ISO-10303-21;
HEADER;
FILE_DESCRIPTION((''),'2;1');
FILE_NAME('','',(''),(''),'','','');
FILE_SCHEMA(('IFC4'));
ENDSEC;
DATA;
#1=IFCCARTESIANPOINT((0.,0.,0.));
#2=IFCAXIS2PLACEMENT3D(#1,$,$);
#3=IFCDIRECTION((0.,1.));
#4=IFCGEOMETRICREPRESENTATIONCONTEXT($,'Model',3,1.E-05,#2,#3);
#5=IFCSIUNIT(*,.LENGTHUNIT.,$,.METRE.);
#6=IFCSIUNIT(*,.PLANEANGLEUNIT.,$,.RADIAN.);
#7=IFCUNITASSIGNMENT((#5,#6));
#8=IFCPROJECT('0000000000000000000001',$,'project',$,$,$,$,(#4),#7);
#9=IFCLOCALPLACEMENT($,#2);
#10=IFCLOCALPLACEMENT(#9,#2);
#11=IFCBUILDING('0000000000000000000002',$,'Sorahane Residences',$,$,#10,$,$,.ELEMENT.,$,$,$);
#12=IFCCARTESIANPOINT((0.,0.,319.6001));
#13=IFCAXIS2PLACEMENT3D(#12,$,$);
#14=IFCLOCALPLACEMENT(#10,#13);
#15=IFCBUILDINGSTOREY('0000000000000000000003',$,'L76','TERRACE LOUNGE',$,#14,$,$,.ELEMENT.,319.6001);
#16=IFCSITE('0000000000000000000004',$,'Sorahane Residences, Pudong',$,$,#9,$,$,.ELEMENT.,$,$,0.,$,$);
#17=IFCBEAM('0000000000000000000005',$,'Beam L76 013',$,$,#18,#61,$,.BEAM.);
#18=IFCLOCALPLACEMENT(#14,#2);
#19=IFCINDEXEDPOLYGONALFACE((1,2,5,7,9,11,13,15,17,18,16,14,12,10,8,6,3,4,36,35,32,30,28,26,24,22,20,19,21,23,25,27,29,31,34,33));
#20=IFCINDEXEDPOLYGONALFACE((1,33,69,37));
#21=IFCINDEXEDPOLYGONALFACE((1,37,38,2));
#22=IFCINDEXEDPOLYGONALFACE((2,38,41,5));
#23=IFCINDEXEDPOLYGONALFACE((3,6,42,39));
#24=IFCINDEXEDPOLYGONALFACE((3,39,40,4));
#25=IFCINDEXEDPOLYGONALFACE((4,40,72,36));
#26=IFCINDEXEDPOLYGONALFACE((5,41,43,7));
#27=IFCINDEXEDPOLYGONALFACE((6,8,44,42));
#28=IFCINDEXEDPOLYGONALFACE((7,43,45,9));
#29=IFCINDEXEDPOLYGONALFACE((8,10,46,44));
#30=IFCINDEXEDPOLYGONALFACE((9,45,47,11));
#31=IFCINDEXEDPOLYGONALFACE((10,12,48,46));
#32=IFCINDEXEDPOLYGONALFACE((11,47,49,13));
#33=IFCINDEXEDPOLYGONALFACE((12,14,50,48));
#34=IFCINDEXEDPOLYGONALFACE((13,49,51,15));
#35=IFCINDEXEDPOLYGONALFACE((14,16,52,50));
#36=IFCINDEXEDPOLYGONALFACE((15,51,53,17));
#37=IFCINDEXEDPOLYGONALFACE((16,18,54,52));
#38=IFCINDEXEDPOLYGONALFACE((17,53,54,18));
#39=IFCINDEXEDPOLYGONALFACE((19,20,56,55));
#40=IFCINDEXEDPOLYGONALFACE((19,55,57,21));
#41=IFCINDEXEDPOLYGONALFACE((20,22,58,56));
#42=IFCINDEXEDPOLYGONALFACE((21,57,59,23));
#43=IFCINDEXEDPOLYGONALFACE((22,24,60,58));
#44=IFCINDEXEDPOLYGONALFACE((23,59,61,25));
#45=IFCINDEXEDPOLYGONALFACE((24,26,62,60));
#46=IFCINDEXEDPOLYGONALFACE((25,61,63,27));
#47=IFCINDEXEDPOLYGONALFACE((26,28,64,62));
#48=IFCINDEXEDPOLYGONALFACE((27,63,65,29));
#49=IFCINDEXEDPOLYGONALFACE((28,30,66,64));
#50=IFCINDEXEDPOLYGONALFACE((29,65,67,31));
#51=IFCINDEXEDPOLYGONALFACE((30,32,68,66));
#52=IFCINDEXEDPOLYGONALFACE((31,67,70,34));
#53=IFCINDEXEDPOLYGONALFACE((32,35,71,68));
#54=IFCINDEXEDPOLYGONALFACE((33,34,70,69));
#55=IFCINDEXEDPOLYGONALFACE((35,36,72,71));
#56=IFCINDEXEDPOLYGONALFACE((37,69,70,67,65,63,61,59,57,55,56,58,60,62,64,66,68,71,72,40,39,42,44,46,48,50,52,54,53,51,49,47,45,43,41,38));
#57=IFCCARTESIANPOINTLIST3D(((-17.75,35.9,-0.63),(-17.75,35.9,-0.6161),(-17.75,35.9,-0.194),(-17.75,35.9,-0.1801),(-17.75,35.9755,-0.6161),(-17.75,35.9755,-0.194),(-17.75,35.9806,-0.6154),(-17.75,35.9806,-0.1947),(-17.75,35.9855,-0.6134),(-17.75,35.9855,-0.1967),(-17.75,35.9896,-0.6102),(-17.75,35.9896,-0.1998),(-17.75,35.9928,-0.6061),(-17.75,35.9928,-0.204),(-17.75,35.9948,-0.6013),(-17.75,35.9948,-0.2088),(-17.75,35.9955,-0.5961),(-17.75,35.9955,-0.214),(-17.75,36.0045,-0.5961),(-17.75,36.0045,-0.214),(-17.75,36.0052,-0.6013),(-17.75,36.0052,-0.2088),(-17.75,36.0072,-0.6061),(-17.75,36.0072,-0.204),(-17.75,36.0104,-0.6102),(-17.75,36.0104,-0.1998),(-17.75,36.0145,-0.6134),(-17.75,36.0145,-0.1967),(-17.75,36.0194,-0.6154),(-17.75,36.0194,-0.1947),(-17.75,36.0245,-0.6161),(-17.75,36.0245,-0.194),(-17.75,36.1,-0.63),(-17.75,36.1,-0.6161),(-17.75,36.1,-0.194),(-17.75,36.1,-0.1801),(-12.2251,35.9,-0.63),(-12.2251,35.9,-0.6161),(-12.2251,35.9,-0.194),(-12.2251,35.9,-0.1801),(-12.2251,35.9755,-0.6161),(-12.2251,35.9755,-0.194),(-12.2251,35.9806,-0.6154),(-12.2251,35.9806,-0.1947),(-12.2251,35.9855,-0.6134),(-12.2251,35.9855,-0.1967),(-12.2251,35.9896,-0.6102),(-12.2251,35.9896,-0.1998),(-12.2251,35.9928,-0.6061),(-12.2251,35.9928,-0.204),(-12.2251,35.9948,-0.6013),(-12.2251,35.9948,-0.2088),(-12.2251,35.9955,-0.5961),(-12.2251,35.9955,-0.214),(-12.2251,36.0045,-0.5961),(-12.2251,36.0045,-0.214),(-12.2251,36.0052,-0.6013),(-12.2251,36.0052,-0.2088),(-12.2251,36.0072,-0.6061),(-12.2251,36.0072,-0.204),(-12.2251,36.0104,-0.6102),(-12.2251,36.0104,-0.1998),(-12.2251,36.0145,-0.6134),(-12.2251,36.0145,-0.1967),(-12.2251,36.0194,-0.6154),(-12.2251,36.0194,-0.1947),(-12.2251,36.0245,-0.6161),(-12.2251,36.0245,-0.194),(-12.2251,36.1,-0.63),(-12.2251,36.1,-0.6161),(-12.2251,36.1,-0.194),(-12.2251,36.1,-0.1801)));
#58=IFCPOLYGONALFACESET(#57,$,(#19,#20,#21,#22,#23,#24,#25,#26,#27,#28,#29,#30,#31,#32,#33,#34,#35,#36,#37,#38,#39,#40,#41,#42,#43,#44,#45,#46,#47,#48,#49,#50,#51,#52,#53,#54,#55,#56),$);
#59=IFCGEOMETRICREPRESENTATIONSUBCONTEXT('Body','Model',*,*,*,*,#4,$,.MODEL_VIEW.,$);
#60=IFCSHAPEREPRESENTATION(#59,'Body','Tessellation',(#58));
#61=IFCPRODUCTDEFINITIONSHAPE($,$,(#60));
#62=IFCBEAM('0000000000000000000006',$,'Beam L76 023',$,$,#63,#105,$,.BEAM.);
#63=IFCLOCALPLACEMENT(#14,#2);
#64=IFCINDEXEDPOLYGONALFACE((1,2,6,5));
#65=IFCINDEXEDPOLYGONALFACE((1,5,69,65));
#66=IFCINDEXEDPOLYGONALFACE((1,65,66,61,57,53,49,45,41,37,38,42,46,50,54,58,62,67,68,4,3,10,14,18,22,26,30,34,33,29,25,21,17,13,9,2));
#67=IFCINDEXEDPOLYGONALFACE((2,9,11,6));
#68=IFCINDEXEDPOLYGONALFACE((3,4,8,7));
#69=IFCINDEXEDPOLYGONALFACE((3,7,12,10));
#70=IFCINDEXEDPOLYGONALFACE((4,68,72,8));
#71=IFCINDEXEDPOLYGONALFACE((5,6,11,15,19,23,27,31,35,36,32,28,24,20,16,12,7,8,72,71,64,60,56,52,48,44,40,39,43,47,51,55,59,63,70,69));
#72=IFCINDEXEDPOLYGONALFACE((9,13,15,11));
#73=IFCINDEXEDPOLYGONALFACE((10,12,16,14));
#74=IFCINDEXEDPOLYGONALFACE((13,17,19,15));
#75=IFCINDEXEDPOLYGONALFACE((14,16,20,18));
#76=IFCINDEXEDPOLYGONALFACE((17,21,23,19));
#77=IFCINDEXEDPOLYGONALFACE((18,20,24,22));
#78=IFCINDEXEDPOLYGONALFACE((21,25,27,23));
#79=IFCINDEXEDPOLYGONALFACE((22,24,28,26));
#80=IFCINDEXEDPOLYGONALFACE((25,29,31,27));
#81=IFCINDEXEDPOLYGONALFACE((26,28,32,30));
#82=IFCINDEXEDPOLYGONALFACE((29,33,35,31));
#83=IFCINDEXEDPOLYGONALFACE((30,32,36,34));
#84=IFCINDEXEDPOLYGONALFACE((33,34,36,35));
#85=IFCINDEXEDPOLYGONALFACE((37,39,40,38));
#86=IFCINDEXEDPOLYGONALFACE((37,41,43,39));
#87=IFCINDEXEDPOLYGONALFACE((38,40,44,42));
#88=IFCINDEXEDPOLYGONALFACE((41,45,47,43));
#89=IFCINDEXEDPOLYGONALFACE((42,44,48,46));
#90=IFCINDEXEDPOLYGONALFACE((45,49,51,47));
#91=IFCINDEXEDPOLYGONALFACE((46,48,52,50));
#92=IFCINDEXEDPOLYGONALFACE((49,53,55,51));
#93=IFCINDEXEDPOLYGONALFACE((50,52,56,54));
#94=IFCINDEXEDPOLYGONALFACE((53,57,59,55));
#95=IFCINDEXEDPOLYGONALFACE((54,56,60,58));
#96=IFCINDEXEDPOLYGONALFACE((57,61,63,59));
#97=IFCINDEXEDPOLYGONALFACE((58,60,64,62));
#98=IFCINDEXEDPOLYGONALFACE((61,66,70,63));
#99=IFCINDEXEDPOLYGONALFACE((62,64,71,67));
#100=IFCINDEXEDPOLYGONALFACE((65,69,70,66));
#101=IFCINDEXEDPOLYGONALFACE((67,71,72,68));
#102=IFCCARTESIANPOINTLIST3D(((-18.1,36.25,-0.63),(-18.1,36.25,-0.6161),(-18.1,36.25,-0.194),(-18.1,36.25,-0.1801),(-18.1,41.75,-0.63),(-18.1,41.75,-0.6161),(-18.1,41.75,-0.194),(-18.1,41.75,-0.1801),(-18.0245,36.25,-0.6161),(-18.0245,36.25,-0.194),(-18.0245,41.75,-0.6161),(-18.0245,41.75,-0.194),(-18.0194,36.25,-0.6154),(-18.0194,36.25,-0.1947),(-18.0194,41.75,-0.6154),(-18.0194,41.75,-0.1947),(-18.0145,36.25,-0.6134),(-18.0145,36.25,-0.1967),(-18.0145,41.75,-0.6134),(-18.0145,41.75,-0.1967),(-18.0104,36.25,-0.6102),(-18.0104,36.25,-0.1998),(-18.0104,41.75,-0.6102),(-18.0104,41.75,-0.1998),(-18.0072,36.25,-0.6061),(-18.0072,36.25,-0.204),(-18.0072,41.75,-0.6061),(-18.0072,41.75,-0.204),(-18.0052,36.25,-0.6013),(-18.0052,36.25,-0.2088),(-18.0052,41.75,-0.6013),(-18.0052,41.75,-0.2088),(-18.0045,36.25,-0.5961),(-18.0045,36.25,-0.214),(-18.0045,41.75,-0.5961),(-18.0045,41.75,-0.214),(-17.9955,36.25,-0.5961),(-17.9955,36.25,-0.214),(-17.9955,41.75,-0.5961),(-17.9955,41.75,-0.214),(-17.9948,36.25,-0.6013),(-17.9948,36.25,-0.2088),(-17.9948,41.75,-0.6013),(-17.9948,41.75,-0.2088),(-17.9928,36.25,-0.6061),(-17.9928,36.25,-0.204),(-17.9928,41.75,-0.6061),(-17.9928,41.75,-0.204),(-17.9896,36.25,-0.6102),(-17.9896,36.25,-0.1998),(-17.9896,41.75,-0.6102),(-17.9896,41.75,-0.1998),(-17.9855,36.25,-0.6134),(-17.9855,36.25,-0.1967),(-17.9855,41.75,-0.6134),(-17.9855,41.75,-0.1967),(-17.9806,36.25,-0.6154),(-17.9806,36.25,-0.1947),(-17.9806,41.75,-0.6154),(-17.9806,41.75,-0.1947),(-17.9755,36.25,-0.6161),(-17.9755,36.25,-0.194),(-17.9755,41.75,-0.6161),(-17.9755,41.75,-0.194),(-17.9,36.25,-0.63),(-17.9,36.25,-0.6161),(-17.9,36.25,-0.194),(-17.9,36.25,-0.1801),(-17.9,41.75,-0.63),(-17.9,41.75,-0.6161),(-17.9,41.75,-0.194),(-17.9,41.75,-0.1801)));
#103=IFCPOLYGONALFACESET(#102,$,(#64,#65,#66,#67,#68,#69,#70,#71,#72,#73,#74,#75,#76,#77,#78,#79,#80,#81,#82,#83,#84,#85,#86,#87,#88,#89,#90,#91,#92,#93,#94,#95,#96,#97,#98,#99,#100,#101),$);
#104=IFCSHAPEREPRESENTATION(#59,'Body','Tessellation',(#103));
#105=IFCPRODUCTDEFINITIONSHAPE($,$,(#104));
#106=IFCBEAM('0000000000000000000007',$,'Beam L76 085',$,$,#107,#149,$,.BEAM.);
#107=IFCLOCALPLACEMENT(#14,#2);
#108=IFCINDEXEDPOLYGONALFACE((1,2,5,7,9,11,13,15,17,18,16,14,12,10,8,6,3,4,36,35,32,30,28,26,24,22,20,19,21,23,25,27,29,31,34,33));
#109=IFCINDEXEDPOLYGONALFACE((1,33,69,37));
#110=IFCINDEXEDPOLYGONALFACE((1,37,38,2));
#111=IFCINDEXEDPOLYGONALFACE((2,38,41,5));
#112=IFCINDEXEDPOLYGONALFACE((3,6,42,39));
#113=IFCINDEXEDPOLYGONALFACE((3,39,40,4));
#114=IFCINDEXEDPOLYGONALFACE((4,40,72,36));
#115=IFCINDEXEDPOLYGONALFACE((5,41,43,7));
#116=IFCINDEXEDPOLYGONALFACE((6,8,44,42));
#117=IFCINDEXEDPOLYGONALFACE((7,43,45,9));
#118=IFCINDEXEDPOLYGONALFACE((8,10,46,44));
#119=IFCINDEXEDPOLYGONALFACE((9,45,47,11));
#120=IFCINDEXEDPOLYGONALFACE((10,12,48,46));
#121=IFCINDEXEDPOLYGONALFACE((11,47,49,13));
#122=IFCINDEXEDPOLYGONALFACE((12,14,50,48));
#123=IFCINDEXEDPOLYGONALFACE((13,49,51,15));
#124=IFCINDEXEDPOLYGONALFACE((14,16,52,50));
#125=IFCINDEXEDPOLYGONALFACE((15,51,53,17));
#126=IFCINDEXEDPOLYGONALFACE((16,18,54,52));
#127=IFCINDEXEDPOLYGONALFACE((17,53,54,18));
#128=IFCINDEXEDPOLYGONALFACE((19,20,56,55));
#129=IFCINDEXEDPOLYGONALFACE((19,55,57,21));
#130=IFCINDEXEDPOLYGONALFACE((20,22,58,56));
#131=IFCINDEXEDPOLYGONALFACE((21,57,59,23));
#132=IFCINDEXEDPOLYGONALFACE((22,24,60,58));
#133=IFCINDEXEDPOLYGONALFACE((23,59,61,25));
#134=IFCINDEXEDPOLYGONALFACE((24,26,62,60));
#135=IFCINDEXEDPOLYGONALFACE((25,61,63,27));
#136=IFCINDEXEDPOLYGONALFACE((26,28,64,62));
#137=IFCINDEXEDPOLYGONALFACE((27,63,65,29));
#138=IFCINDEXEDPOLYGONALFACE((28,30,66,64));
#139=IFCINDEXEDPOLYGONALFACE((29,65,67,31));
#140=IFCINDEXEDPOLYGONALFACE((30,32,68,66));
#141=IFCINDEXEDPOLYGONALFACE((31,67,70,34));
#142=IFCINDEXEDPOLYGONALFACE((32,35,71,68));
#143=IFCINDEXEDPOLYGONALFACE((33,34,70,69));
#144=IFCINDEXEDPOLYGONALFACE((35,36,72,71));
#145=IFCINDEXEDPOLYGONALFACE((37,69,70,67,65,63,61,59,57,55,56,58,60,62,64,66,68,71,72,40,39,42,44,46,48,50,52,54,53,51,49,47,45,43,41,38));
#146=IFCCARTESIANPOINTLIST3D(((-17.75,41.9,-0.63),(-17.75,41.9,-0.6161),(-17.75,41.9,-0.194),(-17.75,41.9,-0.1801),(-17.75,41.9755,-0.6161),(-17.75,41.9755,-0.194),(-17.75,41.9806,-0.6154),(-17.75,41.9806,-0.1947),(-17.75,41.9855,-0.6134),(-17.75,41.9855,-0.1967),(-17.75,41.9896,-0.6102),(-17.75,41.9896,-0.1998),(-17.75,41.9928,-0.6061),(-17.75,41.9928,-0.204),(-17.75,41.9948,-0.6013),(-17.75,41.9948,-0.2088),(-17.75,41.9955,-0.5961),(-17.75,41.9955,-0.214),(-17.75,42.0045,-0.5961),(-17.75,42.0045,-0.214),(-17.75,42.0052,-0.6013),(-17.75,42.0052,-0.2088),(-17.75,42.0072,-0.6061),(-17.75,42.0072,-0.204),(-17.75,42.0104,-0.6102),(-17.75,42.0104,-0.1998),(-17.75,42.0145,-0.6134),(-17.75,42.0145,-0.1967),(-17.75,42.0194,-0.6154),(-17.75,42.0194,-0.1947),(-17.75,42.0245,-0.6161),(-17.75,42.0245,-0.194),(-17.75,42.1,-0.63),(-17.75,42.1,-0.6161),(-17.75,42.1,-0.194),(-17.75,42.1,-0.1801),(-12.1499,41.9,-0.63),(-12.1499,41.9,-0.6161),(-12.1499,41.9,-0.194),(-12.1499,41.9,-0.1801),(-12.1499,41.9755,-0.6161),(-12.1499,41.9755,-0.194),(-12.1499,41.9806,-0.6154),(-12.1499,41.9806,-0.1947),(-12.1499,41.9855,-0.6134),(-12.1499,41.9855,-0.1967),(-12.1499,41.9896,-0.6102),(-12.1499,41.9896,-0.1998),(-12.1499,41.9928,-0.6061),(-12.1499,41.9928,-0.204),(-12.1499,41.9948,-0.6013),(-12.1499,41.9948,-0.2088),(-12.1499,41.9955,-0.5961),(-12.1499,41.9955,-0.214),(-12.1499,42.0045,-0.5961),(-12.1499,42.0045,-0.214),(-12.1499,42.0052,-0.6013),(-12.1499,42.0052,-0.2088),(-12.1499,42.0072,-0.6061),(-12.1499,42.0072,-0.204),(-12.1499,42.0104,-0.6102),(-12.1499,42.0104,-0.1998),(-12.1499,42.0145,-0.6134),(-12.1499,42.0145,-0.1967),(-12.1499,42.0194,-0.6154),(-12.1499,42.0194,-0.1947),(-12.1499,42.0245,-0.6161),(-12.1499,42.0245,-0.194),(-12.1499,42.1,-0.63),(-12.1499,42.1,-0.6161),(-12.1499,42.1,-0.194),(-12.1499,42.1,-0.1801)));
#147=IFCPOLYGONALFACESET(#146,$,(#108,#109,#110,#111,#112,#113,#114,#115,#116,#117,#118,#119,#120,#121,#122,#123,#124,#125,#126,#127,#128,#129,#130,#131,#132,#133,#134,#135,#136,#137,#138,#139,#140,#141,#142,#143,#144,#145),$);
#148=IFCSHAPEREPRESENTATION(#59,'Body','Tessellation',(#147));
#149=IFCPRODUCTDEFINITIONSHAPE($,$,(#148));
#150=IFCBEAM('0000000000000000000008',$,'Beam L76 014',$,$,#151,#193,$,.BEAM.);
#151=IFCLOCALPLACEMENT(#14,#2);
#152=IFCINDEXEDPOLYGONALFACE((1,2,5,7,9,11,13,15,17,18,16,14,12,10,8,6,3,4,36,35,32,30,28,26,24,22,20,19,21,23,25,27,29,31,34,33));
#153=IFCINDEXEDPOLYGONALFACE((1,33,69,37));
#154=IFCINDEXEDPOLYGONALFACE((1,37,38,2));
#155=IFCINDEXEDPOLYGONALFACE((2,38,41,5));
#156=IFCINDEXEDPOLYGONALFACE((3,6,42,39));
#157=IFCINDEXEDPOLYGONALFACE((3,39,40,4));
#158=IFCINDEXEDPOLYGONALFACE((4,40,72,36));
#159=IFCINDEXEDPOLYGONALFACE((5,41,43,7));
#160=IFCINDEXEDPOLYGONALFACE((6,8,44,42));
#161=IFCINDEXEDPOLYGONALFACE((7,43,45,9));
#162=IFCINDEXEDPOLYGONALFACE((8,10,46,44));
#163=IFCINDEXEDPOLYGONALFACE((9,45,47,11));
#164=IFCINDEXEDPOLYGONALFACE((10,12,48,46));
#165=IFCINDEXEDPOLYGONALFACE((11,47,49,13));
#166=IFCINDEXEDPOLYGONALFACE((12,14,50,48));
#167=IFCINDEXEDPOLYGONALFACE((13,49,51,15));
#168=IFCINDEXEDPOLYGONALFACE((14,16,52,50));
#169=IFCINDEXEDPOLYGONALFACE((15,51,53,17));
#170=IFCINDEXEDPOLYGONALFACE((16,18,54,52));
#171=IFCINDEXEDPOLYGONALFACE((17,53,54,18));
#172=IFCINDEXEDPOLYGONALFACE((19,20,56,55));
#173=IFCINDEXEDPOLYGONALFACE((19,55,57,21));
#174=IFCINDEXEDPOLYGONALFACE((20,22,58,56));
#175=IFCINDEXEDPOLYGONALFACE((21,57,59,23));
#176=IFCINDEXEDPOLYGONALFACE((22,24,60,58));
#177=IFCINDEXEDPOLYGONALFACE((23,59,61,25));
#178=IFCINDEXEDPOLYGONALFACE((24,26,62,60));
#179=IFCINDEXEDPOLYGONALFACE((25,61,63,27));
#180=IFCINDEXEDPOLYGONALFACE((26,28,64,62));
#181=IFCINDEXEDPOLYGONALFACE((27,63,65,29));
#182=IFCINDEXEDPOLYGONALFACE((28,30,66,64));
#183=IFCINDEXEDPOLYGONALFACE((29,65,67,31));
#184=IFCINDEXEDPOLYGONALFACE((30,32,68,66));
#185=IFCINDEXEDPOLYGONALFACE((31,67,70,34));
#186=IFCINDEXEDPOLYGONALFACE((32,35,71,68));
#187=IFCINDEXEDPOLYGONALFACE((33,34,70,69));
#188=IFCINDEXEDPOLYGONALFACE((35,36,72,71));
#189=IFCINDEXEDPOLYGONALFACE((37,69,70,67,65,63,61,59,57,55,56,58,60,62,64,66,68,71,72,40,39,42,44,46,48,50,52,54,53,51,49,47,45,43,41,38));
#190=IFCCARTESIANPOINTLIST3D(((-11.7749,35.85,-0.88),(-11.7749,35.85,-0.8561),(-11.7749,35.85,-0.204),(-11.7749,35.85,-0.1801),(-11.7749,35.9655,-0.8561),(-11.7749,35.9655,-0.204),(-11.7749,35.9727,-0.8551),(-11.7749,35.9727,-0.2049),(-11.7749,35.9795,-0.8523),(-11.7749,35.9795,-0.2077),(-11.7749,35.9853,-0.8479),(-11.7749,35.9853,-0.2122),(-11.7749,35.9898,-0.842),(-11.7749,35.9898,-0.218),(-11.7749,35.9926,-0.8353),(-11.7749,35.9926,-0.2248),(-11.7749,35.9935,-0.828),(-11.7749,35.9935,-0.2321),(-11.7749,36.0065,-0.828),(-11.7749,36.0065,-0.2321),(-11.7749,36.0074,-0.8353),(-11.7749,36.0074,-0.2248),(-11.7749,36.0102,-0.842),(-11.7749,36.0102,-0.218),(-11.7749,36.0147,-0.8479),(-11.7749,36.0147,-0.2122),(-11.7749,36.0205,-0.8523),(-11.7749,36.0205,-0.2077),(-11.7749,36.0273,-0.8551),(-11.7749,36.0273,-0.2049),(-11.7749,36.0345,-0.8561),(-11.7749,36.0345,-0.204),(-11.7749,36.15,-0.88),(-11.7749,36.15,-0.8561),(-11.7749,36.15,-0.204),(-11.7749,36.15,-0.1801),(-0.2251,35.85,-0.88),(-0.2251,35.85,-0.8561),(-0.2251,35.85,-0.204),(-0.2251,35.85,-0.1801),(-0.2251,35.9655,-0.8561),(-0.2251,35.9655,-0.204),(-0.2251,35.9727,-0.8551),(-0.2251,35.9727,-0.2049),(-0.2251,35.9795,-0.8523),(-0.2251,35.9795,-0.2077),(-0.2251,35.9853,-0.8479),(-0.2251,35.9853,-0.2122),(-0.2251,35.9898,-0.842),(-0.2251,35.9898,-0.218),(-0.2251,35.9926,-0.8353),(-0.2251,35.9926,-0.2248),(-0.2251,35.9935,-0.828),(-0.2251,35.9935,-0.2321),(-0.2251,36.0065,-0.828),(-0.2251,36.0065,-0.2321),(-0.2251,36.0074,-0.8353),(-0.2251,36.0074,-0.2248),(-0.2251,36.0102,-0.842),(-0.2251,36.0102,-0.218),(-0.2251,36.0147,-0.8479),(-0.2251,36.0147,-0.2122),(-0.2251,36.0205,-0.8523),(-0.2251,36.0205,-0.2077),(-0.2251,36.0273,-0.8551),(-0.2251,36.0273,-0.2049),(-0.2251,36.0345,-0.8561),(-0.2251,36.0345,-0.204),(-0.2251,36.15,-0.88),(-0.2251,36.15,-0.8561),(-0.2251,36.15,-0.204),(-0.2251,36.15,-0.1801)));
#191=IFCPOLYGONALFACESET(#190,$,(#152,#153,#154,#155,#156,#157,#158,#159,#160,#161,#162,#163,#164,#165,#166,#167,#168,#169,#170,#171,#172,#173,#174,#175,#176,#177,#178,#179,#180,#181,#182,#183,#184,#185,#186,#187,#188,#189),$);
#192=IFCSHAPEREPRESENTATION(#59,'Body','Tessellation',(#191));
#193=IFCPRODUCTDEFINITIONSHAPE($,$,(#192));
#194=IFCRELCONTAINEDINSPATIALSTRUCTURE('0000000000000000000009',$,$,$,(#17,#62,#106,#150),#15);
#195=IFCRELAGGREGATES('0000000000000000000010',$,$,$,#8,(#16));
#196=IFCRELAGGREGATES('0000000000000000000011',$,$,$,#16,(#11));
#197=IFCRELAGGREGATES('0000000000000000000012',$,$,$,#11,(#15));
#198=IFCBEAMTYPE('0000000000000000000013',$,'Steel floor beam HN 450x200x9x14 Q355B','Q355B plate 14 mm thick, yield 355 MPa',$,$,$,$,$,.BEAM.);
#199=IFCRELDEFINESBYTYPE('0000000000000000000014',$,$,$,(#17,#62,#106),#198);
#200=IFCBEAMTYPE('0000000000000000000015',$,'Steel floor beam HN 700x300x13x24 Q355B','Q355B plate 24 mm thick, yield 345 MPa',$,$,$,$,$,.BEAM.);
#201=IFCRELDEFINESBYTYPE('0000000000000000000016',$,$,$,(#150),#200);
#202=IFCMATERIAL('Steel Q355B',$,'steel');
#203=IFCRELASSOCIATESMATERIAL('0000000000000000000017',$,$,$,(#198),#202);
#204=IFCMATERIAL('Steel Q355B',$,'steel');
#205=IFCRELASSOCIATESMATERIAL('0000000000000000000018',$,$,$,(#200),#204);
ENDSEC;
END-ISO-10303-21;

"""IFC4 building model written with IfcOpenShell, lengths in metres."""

from ifc_helpers import new_model, si_unit, direction, frame, origin, origin_2d, place, context, subcontext, project, spatial, i_section, extrude, material, material_profile, profile_set, type_object, element, save


model = new_model("IFC4")

# Units and contexts
model_context = context("Model", 3, precision=1e-05, world=origin(), true_north=direction((0.0, 1.0)))
body_context = subcontext(model_context, "Body", "Model", "MODEL_VIEW")
ifc_project = project(units=[si_unit("LENGTHUNIT", "METRE"), si_unit("PLANEANGLEUNIT", "RADIAN")], contexts=[model_context])

# Site, building, storey
site_placement = place(None, origin())
site = spatial("IfcSite", under=ifc_project, at=site_placement, Name="Sorahane Residences, Pudong", CompositionType="ELEMENT", RefElevation=0.0)
building_placement = place(site_placement, origin())
building = spatial("IfcBuilding", under=site, at=building_placement, Name="Sorahane Residences", CompositionType="ELEMENT")
storey_placement = place(building_placement, frame((0.0, 0.0, 319.6001)))
storey = spatial("IfcBuildingStorey", under=building, at=storey_placement, Name="L76", Description="TERRACE LOUNGE", CompositionType="ELEMENT", Elevation=319.6001)

# Beams
ifc_material_1 = material(Name="Steel Q355B", Category="steel")
ifc_material_profile_1 = material_profile(ifc_material_1, i_section(OverallWidth=0.2, OverallDepth=0.45, WebThickness=0.009, FlangeThickness=0.0139, FilletRadius=0.02, at=origin_2d()), Name="HN 450x200x9x14")
ifc_profile_set_1 = profile_set([ifc_material_profile_1], Name="Steel Q355B")
beam_type_1 = type_object("IfcBeamType", Name="Steel floor beam HN 450x200x9x14 Q355B", Description="Q355B plate 14 mm thick, yield 355 MPa", PredefinedType="BEAM", material=ifc_profile_set_1)
beam_1_placement = place(storey_placement, frame((-17.75, 36.0, -0.405), z_axis=(1.0, 0.0, 0.0), x_axis=(0.0, 1.0, 0.0)))
element("IfcBeam", 1, at=beam_1_placement, inside=storey, type_object=beam_type_1, Name="Beam L76 013", PredefinedType="BEAM", context=body_context, shape_type="SweptSolid", body=[
    extrude(i_section(OverallWidth=0.2, OverallDepth=0.45, WebThickness=0.009, FlangeThickness=0.0139, FilletRadius=0.02, at=origin_2d()), origin(), (0.0, 0.0, 1.0), 5.5249),
])
beam_2_placement = place(storey_placement, frame((-18.0, 36.25, -0.405), z_axis=(0.0, 1.0, 0.0), x_axis=(-1.0, 0.0, 0.0)))
element("IfcBeam", 2, at=beam_2_placement, inside=storey, type_object=beam_type_1, Name="Beam L76 023", PredefinedType="BEAM", context=body_context, shape_type="SweptSolid", body=[
    extrude(i_section(OverallWidth=0.2, OverallDepth=0.45, WebThickness=0.009, FlangeThickness=0.0139, FilletRadius=0.02, at=origin_2d()), origin(), (0.0, 0.0, 1.0), 5.5),
])
beam_3_placement = place(storey_placement, frame((-17.75, 42.0, -0.405), z_axis=(1.0, 0.0, 0.0), x_axis=(0.0, 1.0, 0.0)))
element("IfcBeam", 3, at=beam_3_placement, inside=storey, type_object=beam_type_1, Name="Beam L76 085", PredefinedType="BEAM", context=body_context, shape_type="SweptSolid", body=[
    extrude(i_section(OverallWidth=0.2, OverallDepth=0.45, WebThickness=0.009, FlangeThickness=0.0139, FilletRadius=0.02, at=origin_2d()), origin(), (0.0, 0.0, 1.0), 5.6001),
])
ifc_material_2 = material(Name="Steel Q355B", Category="steel")
ifc_material_profile_2 = material_profile(ifc_material_2, i_section(OverallWidth=0.3, OverallDepth=0.7, WebThickness=0.0129, FlangeThickness=0.0239, FilletRadius=0.0281, at=origin_2d()), Name="HN 700x300x13x24")
ifc_profile_set_2 = profile_set([ifc_material_profile_2], Name="Steel Q355B")
beam_type_2 = type_object("IfcBeamType", Name="Steel floor beam HN 700x300x13x24 Q355B", Description="Q355B plate 24 mm thick, yield 345 MPa", PredefinedType="BEAM", material=ifc_profile_set_2)
beam_4_placement = place(storey_placement, frame((-11.7749, 36.0, -0.53), z_axis=(1.0, 0.0, 0.0), x_axis=(0.0, 1.0, 0.0)))
element("IfcBeam", 4, at=beam_4_placement, inside=storey, type_object=beam_type_2, Name="Beam L76 014", PredefinedType="BEAM", context=body_context, shape_type="SweptSolid", body=[
    extrude(i_section(OverallWidth=0.3, OverallDepth=0.7, WebThickness=0.0129, FlangeThickness=0.0239, FilletRadius=0.0281, at=origin_2d()), origin(), (0.0, 0.0, 1.0), 11.5498),
])

save(model, "model.ifc")
